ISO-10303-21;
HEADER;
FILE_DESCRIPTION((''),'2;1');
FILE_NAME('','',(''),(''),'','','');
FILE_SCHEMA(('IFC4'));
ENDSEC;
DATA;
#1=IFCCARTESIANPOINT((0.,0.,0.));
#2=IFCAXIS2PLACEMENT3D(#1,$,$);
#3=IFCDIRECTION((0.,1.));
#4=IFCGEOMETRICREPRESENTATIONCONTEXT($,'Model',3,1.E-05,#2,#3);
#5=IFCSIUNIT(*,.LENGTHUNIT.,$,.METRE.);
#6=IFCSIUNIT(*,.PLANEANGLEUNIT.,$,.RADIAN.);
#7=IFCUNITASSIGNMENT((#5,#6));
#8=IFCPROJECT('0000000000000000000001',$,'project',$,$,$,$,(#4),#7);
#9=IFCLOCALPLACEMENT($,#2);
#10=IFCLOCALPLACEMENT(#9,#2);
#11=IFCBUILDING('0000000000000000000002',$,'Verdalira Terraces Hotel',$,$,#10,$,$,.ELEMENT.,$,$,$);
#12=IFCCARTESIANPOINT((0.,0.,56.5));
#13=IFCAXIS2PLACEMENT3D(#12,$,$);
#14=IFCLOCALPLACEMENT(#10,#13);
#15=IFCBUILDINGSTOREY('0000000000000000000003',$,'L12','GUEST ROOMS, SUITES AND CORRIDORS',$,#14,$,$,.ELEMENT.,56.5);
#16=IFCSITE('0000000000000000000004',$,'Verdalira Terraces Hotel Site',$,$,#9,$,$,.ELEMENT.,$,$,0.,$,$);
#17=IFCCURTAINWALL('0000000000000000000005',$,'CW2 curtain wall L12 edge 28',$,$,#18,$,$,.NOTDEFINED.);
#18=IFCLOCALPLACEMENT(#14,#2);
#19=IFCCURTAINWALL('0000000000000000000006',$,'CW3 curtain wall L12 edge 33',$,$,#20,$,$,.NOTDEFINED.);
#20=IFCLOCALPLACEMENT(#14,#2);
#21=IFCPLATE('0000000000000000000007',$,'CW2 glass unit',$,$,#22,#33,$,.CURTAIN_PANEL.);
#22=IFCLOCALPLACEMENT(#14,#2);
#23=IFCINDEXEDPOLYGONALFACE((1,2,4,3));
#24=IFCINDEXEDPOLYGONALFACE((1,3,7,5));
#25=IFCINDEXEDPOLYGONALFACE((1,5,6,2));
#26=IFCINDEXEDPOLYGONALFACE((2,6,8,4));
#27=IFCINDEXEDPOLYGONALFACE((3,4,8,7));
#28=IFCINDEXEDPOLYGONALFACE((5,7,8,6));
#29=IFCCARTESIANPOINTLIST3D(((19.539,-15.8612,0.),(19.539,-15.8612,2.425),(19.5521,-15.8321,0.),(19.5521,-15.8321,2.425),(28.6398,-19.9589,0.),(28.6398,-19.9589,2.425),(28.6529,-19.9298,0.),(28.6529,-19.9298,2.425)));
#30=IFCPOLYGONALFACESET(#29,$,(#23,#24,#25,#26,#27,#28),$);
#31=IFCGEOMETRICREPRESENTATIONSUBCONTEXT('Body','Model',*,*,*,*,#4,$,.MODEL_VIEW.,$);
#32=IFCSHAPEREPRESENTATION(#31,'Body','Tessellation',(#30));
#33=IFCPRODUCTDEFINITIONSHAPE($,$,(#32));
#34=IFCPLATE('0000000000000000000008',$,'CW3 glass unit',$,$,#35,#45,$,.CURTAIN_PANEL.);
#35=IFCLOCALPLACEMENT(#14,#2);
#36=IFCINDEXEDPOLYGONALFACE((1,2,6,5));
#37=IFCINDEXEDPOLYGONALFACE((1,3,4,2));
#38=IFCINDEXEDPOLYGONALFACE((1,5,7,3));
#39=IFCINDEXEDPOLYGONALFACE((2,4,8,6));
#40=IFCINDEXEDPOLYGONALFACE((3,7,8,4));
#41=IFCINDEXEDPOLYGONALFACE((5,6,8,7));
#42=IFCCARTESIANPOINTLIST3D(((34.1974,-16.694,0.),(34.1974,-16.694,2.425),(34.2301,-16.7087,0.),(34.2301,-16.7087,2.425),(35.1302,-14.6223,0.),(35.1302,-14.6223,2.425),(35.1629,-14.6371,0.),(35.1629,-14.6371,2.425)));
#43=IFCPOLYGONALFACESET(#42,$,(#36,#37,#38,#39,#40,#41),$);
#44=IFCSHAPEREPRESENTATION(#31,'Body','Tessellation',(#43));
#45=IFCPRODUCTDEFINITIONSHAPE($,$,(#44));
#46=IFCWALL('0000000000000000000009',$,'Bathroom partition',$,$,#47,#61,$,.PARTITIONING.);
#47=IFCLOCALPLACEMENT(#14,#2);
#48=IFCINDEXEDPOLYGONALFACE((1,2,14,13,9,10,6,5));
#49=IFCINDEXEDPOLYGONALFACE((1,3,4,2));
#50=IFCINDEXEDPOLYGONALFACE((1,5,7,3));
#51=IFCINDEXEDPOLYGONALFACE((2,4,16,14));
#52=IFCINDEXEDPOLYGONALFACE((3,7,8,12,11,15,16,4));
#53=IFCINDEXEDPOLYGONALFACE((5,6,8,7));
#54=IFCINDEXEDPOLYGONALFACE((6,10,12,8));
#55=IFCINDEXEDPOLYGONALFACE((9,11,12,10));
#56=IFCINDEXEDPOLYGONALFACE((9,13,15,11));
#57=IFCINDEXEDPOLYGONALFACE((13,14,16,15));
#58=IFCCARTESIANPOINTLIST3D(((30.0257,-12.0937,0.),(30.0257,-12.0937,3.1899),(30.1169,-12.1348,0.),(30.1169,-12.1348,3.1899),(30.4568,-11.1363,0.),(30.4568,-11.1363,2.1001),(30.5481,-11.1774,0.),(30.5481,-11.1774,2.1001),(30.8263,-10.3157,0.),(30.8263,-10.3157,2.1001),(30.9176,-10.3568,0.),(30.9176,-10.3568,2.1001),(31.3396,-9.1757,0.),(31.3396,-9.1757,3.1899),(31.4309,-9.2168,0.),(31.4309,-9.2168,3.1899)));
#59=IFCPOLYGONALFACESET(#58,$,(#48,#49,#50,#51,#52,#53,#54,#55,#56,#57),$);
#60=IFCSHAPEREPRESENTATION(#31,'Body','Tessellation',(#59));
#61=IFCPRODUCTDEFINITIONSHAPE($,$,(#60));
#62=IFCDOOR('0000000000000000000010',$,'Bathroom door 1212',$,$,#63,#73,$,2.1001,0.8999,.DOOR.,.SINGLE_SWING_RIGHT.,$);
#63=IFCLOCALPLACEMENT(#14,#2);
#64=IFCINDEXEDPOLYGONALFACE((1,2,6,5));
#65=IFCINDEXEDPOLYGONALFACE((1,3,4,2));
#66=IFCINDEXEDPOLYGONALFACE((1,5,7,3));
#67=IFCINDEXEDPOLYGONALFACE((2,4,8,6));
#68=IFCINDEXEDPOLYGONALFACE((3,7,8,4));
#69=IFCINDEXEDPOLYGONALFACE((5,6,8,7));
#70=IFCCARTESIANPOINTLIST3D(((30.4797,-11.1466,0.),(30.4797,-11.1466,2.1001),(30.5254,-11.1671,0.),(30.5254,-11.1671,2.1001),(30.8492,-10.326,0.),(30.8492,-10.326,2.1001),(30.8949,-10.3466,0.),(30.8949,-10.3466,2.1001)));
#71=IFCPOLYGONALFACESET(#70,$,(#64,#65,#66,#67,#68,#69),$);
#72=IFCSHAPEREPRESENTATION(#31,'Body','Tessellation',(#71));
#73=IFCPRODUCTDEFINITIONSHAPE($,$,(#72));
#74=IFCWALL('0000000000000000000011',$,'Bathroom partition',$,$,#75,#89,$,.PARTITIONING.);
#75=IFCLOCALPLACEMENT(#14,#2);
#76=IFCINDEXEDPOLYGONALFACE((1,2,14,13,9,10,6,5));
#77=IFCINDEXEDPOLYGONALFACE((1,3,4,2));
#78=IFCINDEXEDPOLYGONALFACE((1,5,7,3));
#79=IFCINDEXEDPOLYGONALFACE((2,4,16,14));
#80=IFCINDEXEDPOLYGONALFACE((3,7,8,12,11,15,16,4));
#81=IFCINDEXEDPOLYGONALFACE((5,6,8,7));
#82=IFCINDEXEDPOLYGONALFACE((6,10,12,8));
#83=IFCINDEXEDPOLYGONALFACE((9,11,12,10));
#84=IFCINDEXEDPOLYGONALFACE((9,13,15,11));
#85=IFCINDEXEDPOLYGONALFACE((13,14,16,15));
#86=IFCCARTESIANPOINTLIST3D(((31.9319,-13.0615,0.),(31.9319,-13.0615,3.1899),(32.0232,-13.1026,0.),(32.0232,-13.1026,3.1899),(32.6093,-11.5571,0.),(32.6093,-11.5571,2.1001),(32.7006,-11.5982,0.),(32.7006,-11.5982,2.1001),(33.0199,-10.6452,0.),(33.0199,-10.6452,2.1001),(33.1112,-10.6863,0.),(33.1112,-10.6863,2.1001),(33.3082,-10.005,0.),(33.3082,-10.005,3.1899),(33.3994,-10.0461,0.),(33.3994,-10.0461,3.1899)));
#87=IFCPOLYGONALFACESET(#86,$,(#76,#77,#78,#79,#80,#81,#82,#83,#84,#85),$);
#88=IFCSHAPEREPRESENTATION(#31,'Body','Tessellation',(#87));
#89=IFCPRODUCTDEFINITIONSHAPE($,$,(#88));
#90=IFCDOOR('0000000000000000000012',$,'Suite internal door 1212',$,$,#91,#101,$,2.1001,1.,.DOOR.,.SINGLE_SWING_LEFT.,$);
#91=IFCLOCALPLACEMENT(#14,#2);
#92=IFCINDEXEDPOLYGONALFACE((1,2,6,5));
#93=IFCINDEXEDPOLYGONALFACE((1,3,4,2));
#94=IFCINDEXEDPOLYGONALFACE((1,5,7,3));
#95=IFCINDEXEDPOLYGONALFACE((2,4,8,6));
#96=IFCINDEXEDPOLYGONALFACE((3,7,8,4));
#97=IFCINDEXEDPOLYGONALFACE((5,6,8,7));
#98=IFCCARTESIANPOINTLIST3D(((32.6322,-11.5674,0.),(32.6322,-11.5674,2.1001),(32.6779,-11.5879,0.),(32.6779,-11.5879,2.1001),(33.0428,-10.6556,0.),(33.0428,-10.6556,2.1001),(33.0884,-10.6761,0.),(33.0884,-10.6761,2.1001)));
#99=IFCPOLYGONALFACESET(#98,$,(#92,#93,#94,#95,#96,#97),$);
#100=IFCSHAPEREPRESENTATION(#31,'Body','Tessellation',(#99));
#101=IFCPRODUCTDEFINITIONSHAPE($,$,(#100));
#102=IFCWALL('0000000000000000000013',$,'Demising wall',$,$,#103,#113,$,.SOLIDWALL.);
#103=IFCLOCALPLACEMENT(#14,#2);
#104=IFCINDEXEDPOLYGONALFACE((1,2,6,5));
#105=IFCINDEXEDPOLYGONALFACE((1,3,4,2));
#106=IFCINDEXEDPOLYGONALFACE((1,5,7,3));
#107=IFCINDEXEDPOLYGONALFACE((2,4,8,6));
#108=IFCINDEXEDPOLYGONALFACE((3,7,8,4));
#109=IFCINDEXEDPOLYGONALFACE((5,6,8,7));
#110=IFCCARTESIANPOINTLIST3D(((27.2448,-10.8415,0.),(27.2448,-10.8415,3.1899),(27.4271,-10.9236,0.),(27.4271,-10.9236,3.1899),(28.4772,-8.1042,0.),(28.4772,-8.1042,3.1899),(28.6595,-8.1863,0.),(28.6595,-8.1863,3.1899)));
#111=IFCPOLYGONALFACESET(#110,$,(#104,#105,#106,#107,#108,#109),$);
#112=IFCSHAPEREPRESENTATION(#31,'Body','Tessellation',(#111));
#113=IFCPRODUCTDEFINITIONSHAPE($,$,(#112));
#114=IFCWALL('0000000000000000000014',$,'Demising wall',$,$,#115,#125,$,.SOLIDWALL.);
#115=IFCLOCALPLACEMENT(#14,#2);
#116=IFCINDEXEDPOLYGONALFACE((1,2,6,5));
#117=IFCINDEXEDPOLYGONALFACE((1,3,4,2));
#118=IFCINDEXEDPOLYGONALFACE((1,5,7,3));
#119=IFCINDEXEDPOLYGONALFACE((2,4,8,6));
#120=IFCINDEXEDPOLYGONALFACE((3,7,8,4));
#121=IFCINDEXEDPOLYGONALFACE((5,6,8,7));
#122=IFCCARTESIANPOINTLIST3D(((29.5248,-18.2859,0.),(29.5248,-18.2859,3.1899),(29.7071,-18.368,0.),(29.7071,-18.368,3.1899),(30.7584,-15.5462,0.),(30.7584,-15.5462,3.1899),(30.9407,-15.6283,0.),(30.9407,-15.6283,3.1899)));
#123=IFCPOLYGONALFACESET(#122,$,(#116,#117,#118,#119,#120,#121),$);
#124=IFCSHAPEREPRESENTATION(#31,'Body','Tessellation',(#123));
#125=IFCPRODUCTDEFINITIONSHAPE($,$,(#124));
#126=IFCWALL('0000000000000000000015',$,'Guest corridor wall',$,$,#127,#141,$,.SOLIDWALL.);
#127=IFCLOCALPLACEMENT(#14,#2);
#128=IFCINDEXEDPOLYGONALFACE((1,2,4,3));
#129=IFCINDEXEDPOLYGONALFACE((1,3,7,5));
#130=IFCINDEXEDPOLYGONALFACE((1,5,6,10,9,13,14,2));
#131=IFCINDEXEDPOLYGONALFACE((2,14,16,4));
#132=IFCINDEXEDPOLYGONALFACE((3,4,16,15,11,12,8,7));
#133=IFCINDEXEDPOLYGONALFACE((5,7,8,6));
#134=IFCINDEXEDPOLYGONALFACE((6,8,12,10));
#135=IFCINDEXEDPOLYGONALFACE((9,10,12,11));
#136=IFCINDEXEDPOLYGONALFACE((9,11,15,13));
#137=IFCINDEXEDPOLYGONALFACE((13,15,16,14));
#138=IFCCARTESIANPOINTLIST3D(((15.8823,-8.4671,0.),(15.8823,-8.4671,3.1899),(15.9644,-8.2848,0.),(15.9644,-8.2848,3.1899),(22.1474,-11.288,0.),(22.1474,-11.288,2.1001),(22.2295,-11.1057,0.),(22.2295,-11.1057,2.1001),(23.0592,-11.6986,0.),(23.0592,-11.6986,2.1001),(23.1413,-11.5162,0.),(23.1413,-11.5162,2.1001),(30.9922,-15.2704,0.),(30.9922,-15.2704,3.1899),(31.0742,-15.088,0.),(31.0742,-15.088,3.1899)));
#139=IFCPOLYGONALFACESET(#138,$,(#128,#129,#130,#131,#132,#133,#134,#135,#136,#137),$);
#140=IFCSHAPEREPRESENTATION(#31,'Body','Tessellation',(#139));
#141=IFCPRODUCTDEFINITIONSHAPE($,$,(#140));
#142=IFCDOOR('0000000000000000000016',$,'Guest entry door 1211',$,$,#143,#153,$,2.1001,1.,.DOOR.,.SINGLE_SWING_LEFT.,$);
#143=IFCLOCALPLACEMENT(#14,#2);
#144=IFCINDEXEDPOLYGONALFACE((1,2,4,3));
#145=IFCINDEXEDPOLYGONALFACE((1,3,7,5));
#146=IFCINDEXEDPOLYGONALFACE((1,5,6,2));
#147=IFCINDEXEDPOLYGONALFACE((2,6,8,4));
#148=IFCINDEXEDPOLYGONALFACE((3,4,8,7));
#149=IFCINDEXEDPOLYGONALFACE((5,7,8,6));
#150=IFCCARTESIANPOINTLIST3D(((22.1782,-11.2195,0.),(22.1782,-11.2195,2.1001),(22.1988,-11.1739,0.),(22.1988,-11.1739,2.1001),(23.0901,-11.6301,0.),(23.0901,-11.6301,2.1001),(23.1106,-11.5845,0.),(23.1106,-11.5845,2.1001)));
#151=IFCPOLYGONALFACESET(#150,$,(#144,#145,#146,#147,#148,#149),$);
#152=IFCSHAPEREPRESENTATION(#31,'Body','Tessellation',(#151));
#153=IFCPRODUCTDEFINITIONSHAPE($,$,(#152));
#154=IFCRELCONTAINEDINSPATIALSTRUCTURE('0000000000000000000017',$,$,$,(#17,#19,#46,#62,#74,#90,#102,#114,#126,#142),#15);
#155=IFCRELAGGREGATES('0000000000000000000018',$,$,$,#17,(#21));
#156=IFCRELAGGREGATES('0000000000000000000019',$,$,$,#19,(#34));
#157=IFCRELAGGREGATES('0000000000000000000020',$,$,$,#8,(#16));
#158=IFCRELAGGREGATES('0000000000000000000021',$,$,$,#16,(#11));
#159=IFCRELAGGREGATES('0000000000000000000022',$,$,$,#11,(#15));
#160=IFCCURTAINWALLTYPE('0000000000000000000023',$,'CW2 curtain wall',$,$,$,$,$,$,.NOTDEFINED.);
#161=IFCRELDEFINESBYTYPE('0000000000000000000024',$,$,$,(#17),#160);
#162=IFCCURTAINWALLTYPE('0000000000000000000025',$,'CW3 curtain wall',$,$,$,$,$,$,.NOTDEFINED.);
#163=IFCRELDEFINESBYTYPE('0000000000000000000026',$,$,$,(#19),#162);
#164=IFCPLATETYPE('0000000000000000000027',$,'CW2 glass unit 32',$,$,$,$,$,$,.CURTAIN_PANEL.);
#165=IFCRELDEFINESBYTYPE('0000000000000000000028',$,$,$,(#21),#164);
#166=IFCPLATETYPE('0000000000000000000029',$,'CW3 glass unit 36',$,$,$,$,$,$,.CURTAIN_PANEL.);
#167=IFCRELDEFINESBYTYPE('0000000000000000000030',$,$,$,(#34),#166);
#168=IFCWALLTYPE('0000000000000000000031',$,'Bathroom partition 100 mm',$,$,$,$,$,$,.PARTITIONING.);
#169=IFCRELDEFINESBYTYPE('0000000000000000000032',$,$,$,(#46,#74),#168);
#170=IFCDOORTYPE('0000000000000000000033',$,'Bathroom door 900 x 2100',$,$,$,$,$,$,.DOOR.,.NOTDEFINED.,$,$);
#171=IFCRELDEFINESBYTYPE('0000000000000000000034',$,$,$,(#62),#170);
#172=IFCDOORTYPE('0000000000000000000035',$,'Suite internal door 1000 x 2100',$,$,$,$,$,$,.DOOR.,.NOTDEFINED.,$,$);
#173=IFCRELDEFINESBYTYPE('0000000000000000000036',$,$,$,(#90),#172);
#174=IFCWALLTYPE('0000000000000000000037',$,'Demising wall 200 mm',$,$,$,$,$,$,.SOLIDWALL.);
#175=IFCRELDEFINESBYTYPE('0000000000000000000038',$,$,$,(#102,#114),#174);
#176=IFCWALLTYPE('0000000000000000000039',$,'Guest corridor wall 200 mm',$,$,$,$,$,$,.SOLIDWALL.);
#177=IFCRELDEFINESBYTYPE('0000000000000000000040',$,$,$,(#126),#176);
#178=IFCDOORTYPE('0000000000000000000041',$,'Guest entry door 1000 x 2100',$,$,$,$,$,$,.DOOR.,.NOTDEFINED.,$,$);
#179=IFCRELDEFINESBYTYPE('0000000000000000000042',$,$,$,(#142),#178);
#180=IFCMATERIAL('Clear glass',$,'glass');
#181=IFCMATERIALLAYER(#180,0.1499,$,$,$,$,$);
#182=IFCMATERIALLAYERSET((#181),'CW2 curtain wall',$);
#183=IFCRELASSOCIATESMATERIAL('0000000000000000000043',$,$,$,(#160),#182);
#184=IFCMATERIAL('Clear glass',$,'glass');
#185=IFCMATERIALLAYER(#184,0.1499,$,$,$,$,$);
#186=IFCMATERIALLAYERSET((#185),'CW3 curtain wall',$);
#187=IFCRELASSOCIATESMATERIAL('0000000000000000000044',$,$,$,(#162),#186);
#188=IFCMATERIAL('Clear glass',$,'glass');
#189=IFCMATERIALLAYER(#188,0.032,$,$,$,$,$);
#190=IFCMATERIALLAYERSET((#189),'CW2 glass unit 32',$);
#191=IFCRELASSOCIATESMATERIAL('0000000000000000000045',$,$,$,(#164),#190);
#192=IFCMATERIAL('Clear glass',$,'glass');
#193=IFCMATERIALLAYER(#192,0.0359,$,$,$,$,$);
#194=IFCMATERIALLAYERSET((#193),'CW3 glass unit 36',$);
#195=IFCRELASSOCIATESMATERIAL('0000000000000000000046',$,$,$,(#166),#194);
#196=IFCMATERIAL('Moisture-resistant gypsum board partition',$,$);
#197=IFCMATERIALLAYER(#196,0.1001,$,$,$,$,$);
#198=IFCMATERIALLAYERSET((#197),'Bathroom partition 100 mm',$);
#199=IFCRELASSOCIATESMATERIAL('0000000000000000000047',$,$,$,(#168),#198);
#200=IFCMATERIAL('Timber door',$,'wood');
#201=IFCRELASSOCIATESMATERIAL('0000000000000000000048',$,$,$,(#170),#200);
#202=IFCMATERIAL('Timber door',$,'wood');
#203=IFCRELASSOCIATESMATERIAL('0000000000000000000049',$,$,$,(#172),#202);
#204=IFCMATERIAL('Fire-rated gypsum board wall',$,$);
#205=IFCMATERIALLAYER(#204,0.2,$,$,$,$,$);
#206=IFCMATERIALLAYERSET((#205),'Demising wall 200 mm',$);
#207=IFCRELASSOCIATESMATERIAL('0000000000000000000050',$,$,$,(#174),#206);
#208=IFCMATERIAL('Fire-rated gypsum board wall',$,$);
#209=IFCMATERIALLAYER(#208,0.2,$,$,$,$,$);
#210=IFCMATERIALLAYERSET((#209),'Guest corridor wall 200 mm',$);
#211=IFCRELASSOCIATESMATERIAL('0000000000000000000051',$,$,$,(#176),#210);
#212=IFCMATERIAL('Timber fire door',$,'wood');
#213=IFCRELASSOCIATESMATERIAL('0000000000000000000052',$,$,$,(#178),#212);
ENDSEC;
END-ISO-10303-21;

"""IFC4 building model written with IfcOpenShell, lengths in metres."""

from ifc_helpers import new_model, si_unit, direction, frame, frame_2d, origin, origin_2d, place, context, subcontext, project, spatial, rectangle, extrude, material, layer, layer_set, type_object, element, fill, aggregate, save


model = new_model("IFC4")

# Units and contexts
model_context = context("Model", 3, precision=1e-05, world=origin(), true_north=direction((0.0, 1.0)))
body_context = subcontext(model_context, "Body", "Model", "MODEL_VIEW")
ifc_project = project(units=[si_unit("LENGTHUNIT", "METRE"), si_unit("PLANEANGLEUNIT", "RADIAN")], contexts=[model_context])

# Site, building, storey
site_placement = place(None, origin())
site = spatial("IfcSite", under=ifc_project, at=site_placement, Name="Verdalira Terraces Hotel Site", CompositionType="ELEMENT", RefElevation=0.0)
building_placement = place(site_placement, origin())
building = spatial("IfcBuilding", under=site, at=building_placement, Name="Verdalira Terraces Hotel", CompositionType="ELEMENT")
storey_placement = place(building_placement, frame((0.0, 0.0, 56.5)))
storey = spatial("IfcBuildingStorey", under=building, at=storey_placement, Name="L12", Description="GUEST ROOMS, SUITES AND CORRIDORS", CompositionType="ELEMENT", Elevation=56.5)

# Curtain wall
ifc_material_1 = material(Name="Clear glass", Category="glass")
ifc_layer_1 = layer(ifc_material_1, 0.1499)
ifc_layer_set_1 = layer_set([ifc_layer_1], Name="CW2 curtain wall")
curtain_wall_type_1 = type_object("IfcCurtainWallType", Name="CW2 curtain wall", PredefinedType="NOTDEFINED", material=ifc_layer_set_1)
curtain_wall_1_placement = place(storey_placement, origin())
curtain_wall_1 = element("IfcCurtainWall", 1, at=curtain_wall_1_placement, inside=storey, type_object=curtain_wall_type_1, Name="CW2 curtain wall L12 edge 28", PredefinedType="NOTDEFINED")

# Curtain wall
ifc_material_2 = material(Name="Clear glass", Category="glass")
ifc_layer_2 = layer(ifc_material_2, 0.1499)
ifc_layer_set_2 = layer_set([ifc_layer_2], Name="CW3 curtain wall")
curtain_wall_type_2 = type_object("IfcCurtainWallType", Name="CW3 curtain wall", PredefinedType="NOTDEFINED", material=ifc_layer_set_2)
curtain_wall_2_placement = place(storey_placement, origin())
curtain_wall_2 = element("IfcCurtainWall", 2, at=curtain_wall_2_placement, inside=storey, type_object=curtain_wall_type_2, Name="CW3 curtain wall L12 edge 33", PredefinedType="NOTDEFINED")

# Plates
ifc_material_3 = material(Name="Clear glass", Category="glass")
ifc_layer_3 = layer(ifc_material_3, 0.032)
ifc_layer_set_3 = layer_set([ifc_layer_3], Name="CW2 glass unit 32")
plate_type_1 = type_object("IfcPlateType", Name="CW2 glass unit 32", PredefinedType="CURTAIN_PANEL", material=ifc_layer_set_3)
plate_1_placement = place(storey_placement, frame((24.0959, -17.8955, 0.0), z_axis=(0.0, 0.0, 1.0), x_axis=(0.911834, -0.41056, 0.0)))
plate_1 = element("IfcPlate", 3, at=plate_1_placement, type_object=plate_type_1, Name="CW2 glass unit", PredefinedType="CURTAIN_PANEL", context=body_context, shape_type="SweptSolid", body=[
    extrude(rectangle(XDim=9.9807, YDim=0.032, at=origin_2d()), origin(), (0.0, 0.0, 1.0), 2.425),
])
aggregate(curtain_wall_1, [plate_1])
ifc_material_4 = material(Name="Clear glass", Category="glass")
ifc_layer_4 = layer(ifc_material_4, 0.0359)
ifc_layer_set_4 = layer_set([ifc_layer_4], Name="CW3 glass unit 36")
plate_type_2 = type_object("IfcPlateType", Name="CW3 glass unit 36", PredefinedType="CURTAIN_PANEL", material=ifc_layer_set_4)
plate_2_placement = place(storey_placement, frame((34.6802, -15.6655, 0.0), z_axis=(0.0, 0.0, 1.0), x_axis=(0.41056, 0.911834, 0.0)))
plate_2 = element("IfcPlate", 4, at=plate_2_placement, type_object=plate_type_2, Name="CW3 glass unit", PredefinedType="CURTAIN_PANEL", context=body_context, shape_type="SweptSolid", body=[
    extrude(rectangle(XDim=2.272, YDim=0.0359, at=origin_2d()), origin(), (0.0, 0.0, 1.0), 2.425),
])
aggregate(curtain_wall_2, [plate_2])

# Walls, openings, doors
ifc_material_5 = material(Name="Moisture-resistant gypsum board partition")
ifc_layer_5 = layer(ifc_material_5, 0.1001)
ifc_layer_set_5 = layer_set([ifc_layer_5], Name="Bathroom partition 100 mm")
wall_type_1 = type_object("IfcWallType", Name="Bathroom partition 100 mm", PredefinedType="PARTITIONING", material=ifc_layer_set_5)
wall_1_placement = place(storey_placement, frame((30.0713, -12.1143, 0.0), z_axis=(0.0, 0.0, 1.0), x_axis=(0.410593, 0.911819, 0.0)))
wall_1 = element("IfcWall", 5, at=wall_1_placement, inside=storey, type_object=wall_type_1, Name="Bathroom partition", PredefinedType="PARTITIONING", context=body_context, shape_type="SweptSolid", body=[
    extrude(rectangle(XDim=3.2002, YDim=0.1001, at=frame_2d((1.6001, 0.0))), origin(), (0.0, 0.0, 1.0), 3.1899),
])
opening_1_placement = place(wall_1_placement, frame((1.05, 0.0, 0.0)))
opening_1 = element("IfcOpeningElement", 6, at=opening_1_placement, cuts=wall_1, PredefinedType="OPENING", context=body_context, shape_type="SweptSolid", body=[
    extrude(rectangle(XDim=0.8999, YDim=2.1001, at=frame_2d((0.45, 1.05))), frame((0.0, 0.0601, 0.0), z_axis=(0.0, -1.0, 0.0), x_axis=(1.0, 0.0, 0.0)), (0.0, 0.0, 1.0), 0.1201),
])
ifc_material_6 = material(Name="Timber door", Category="wood")
door_type_1 = type_object("IfcDoorType", Name="Bathroom door 900 x 2100", OperationType="NOTDEFINED", PredefinedType="DOOR", material=ifc_material_6)
door_1_placement = place(opening_1_placement, origin())
door_1 = element("IfcDoor", 7, at=door_1_placement, inside=storey, type_object=door_type_1, Name="Bathroom door 1212", OperationType="SINGLE_SWING_RIGHT", OverallHeight=2.1001, OverallWidth=0.8999, PredefinedType="DOOR", context=body_context, shape_type="SweptSolid", body=[
    extrude(rectangle(XDim=0.8999, YDim=2.1001, at=frame_2d((0.45, 1.05))), frame((0.0, 0.0249, 0.0), z_axis=(0.0, -1.0, 0.0), x_axis=(1.0, 0.0, 0.0)), (0.0, 0.0, 1.0), 0.05),
])
fill(opening_1, door_1)
wall_2_placement = place(storey_placement, frame((31.9775, -13.082, 0.0), z_axis=(0.0, 0.0, 1.0), x_axis=(0.410574, 0.911827, 0.0)))
wall_2 = element("IfcWall", 8, at=wall_2_placement, inside=storey, type_object=wall_type_1, Name="Bathroom partition", PredefinedType="PARTITIONING", context=body_context, shape_type="SweptSolid", body=[
    extrude(rectangle(XDim=3.3521, YDim=0.1001, at=frame_2d((1.676, 0.0))), origin(), (0.0, 0.0, 1.0), 3.1899),
])
opening_2_placement = place(wall_2_placement, frame((1.6499, 0.0, 0.0)))
opening_2 = element("IfcOpeningElement", 9, at=opening_2_placement, cuts=wall_2, PredefinedType="OPENING", context=body_context, shape_type="SweptSolid", body=[
    extrude(rectangle(XDim=1.0, YDim=2.1001, at=frame_2d((0.5, 1.05))), frame((0.0, 0.0601, 0.0), z_axis=(0.0, -1.0, 0.0), x_axis=(1.0, 0.0, 0.0)), (0.0, 0.0, 1.0), 0.1201),
])
ifc_material_7 = material(Name="Timber door", Category="wood")
door_type_2 = type_object("IfcDoorType", Name="Suite internal door 1000 x 2100", OperationType="NOTDEFINED", PredefinedType="DOOR", material=ifc_material_7)
door_2_placement = place(opening_2_placement, origin())
door_2 = element("IfcDoor", 10, at=door_2_placement, inside=storey, type_object=door_type_2, Name="Suite internal door 1212", OperationType="SINGLE_SWING_LEFT", OverallHeight=2.1001, OverallWidth=1.0, PredefinedType="DOOR", context=body_context, shape_type="SweptSolid", body=[
    extrude(rectangle(XDim=1.0, YDim=2.1001, at=frame_2d((0.5, 1.05))), frame((0.0, 0.0249, 0.0), z_axis=(0.0, -1.0, 0.0), x_axis=(1.0, 0.0, 0.0)), (0.0, 0.0, 1.0), 0.05),
])
fill(opening_2, door_2)

# Walls
ifc_material_8 = material(Name="Fire-rated gypsum board wall")
ifc_layer_6 = layer(ifc_material_8, 0.2)
ifc_layer_set_6 = layer_set([ifc_layer_6], Name="Demising wall 200 mm")
wall_type_2 = type_object("IfcWallType", Name="Demising wall 200 mm", PredefinedType="SOLIDWALL", material=ifc_layer_set_6)
wall_3_placement = place(storey_placement, frame((27.3359, -10.8826, 0.0), z_axis=(0.0, 0.0, 1.0), x_axis=(0.410541, 0.911842, 0.0)))
element("IfcWall", 11, at=wall_3_placement, inside=storey, type_object=wall_type_2, Name="Demising wall", PredefinedType="SOLIDWALL", context=body_context, shape_type="SweptSolid", body=[
    extrude(rectangle(XDim=3.002, YDim=0.2, at=frame_2d((1.501, 0.0))), origin(), (0.0, 0.0, 1.0), 3.1899),
])
wall_4_placement = place(storey_placement, frame((30.8496, -15.5872, 0.0), z_axis=(0.0, 0.0, 1.0), x_axis=(-0.410574, -0.911827, 0.0)))
element("IfcWall", 12, at=wall_4_placement, inside=storey, type_object=wall_type_2, Name="Demising wall", PredefinedType="SOLIDWALL", context=body_context, shape_type="SweptSolid", body=[
    extrude(rectangle(XDim=3.0046, YDim=0.2, at=frame_2d((1.5024, 0.0))), origin(), (0.0, 0.0, 1.0), 3.1899),
])

# Wall, opening, door
ifc_material_9 = material(Name="Fire-rated gypsum board wall")
ifc_layer_7 = layer(ifc_material_9, 0.2)
ifc_layer_set_7 = layer_set([ifc_layer_7], Name="Guest corridor wall 200 mm")
wall_type_3 = type_object("IfcWallType", Name="Guest corridor wall 200 mm", PredefinedType="SOLIDWALL", material=ifc_layer_set_7)
wall_5_placement = place(storey_placement, frame((31.0332, -15.1792, 0.0), z_axis=(0.0, 0.0, 1.0), x_axis=(-0.911836, 0.410555, 0.0)))
wall_5 = element("IfcWall", 13, at=wall_5_placement, inside=storey, type_object=wall_type_3, Name="Guest corridor wall", PredefinedType="SOLIDWALL", context=body_context, shape_type="SweptSolid", body=[
    extrude(rectangle(XDim=16.5708, YDim=0.2, at=frame_2d((8.2854, 0.0))), origin(), (0.0, 0.0, 1.0), 3.1899),
])
opening_3_placement = place(wall_5_placement, frame((8.7, 0.0, 0.0)))
opening_3 = element("IfcOpeningElement", 14, at=opening_3_placement, cuts=wall_5, PredefinedType="OPENING", context=body_context, shape_type="SweptSolid", body=[
    extrude(rectangle(XDim=1.0, YDim=2.1001, at=frame_2d((0.5, 1.05))), frame((0.0, 0.1099, 0.0), z_axis=(0.0, -1.0, 0.0), x_axis=(1.0, 0.0, 0.0)), (0.0, 0.0, 1.0), 0.22),
])
ifc_material_10 = material(Name="Timber fire door", Category="wood")
door_type_3 = type_object("IfcDoorType", Name="Guest entry door 1000 x 2100", OperationType="NOTDEFINED", PredefinedType="DOOR", material=ifc_material_10)
door_3_placement = place(opening_3_placement, origin())
door_3 = element("IfcDoor", 15, at=door_3_placement, inside=storey, type_object=door_type_3, Name="Guest entry door 1211", OperationType="SINGLE_SWING_LEFT", OverallHeight=2.1001, OverallWidth=1.0, PredefinedType="DOOR", context=body_context, shape_type="SweptSolid", body=[
    extrude(rectangle(XDim=1.0, YDim=2.1001, at=frame_2d((0.5, 1.05))), frame((0.0, 0.0249, 0.0), z_axis=(0.0, -1.0, 0.0), x_axis=(1.0, 0.0, 0.0)), (0.0, 0.0, 1.0), 0.05),
])
fill(opening_3, door_3)

save(model, "model.ifc")
